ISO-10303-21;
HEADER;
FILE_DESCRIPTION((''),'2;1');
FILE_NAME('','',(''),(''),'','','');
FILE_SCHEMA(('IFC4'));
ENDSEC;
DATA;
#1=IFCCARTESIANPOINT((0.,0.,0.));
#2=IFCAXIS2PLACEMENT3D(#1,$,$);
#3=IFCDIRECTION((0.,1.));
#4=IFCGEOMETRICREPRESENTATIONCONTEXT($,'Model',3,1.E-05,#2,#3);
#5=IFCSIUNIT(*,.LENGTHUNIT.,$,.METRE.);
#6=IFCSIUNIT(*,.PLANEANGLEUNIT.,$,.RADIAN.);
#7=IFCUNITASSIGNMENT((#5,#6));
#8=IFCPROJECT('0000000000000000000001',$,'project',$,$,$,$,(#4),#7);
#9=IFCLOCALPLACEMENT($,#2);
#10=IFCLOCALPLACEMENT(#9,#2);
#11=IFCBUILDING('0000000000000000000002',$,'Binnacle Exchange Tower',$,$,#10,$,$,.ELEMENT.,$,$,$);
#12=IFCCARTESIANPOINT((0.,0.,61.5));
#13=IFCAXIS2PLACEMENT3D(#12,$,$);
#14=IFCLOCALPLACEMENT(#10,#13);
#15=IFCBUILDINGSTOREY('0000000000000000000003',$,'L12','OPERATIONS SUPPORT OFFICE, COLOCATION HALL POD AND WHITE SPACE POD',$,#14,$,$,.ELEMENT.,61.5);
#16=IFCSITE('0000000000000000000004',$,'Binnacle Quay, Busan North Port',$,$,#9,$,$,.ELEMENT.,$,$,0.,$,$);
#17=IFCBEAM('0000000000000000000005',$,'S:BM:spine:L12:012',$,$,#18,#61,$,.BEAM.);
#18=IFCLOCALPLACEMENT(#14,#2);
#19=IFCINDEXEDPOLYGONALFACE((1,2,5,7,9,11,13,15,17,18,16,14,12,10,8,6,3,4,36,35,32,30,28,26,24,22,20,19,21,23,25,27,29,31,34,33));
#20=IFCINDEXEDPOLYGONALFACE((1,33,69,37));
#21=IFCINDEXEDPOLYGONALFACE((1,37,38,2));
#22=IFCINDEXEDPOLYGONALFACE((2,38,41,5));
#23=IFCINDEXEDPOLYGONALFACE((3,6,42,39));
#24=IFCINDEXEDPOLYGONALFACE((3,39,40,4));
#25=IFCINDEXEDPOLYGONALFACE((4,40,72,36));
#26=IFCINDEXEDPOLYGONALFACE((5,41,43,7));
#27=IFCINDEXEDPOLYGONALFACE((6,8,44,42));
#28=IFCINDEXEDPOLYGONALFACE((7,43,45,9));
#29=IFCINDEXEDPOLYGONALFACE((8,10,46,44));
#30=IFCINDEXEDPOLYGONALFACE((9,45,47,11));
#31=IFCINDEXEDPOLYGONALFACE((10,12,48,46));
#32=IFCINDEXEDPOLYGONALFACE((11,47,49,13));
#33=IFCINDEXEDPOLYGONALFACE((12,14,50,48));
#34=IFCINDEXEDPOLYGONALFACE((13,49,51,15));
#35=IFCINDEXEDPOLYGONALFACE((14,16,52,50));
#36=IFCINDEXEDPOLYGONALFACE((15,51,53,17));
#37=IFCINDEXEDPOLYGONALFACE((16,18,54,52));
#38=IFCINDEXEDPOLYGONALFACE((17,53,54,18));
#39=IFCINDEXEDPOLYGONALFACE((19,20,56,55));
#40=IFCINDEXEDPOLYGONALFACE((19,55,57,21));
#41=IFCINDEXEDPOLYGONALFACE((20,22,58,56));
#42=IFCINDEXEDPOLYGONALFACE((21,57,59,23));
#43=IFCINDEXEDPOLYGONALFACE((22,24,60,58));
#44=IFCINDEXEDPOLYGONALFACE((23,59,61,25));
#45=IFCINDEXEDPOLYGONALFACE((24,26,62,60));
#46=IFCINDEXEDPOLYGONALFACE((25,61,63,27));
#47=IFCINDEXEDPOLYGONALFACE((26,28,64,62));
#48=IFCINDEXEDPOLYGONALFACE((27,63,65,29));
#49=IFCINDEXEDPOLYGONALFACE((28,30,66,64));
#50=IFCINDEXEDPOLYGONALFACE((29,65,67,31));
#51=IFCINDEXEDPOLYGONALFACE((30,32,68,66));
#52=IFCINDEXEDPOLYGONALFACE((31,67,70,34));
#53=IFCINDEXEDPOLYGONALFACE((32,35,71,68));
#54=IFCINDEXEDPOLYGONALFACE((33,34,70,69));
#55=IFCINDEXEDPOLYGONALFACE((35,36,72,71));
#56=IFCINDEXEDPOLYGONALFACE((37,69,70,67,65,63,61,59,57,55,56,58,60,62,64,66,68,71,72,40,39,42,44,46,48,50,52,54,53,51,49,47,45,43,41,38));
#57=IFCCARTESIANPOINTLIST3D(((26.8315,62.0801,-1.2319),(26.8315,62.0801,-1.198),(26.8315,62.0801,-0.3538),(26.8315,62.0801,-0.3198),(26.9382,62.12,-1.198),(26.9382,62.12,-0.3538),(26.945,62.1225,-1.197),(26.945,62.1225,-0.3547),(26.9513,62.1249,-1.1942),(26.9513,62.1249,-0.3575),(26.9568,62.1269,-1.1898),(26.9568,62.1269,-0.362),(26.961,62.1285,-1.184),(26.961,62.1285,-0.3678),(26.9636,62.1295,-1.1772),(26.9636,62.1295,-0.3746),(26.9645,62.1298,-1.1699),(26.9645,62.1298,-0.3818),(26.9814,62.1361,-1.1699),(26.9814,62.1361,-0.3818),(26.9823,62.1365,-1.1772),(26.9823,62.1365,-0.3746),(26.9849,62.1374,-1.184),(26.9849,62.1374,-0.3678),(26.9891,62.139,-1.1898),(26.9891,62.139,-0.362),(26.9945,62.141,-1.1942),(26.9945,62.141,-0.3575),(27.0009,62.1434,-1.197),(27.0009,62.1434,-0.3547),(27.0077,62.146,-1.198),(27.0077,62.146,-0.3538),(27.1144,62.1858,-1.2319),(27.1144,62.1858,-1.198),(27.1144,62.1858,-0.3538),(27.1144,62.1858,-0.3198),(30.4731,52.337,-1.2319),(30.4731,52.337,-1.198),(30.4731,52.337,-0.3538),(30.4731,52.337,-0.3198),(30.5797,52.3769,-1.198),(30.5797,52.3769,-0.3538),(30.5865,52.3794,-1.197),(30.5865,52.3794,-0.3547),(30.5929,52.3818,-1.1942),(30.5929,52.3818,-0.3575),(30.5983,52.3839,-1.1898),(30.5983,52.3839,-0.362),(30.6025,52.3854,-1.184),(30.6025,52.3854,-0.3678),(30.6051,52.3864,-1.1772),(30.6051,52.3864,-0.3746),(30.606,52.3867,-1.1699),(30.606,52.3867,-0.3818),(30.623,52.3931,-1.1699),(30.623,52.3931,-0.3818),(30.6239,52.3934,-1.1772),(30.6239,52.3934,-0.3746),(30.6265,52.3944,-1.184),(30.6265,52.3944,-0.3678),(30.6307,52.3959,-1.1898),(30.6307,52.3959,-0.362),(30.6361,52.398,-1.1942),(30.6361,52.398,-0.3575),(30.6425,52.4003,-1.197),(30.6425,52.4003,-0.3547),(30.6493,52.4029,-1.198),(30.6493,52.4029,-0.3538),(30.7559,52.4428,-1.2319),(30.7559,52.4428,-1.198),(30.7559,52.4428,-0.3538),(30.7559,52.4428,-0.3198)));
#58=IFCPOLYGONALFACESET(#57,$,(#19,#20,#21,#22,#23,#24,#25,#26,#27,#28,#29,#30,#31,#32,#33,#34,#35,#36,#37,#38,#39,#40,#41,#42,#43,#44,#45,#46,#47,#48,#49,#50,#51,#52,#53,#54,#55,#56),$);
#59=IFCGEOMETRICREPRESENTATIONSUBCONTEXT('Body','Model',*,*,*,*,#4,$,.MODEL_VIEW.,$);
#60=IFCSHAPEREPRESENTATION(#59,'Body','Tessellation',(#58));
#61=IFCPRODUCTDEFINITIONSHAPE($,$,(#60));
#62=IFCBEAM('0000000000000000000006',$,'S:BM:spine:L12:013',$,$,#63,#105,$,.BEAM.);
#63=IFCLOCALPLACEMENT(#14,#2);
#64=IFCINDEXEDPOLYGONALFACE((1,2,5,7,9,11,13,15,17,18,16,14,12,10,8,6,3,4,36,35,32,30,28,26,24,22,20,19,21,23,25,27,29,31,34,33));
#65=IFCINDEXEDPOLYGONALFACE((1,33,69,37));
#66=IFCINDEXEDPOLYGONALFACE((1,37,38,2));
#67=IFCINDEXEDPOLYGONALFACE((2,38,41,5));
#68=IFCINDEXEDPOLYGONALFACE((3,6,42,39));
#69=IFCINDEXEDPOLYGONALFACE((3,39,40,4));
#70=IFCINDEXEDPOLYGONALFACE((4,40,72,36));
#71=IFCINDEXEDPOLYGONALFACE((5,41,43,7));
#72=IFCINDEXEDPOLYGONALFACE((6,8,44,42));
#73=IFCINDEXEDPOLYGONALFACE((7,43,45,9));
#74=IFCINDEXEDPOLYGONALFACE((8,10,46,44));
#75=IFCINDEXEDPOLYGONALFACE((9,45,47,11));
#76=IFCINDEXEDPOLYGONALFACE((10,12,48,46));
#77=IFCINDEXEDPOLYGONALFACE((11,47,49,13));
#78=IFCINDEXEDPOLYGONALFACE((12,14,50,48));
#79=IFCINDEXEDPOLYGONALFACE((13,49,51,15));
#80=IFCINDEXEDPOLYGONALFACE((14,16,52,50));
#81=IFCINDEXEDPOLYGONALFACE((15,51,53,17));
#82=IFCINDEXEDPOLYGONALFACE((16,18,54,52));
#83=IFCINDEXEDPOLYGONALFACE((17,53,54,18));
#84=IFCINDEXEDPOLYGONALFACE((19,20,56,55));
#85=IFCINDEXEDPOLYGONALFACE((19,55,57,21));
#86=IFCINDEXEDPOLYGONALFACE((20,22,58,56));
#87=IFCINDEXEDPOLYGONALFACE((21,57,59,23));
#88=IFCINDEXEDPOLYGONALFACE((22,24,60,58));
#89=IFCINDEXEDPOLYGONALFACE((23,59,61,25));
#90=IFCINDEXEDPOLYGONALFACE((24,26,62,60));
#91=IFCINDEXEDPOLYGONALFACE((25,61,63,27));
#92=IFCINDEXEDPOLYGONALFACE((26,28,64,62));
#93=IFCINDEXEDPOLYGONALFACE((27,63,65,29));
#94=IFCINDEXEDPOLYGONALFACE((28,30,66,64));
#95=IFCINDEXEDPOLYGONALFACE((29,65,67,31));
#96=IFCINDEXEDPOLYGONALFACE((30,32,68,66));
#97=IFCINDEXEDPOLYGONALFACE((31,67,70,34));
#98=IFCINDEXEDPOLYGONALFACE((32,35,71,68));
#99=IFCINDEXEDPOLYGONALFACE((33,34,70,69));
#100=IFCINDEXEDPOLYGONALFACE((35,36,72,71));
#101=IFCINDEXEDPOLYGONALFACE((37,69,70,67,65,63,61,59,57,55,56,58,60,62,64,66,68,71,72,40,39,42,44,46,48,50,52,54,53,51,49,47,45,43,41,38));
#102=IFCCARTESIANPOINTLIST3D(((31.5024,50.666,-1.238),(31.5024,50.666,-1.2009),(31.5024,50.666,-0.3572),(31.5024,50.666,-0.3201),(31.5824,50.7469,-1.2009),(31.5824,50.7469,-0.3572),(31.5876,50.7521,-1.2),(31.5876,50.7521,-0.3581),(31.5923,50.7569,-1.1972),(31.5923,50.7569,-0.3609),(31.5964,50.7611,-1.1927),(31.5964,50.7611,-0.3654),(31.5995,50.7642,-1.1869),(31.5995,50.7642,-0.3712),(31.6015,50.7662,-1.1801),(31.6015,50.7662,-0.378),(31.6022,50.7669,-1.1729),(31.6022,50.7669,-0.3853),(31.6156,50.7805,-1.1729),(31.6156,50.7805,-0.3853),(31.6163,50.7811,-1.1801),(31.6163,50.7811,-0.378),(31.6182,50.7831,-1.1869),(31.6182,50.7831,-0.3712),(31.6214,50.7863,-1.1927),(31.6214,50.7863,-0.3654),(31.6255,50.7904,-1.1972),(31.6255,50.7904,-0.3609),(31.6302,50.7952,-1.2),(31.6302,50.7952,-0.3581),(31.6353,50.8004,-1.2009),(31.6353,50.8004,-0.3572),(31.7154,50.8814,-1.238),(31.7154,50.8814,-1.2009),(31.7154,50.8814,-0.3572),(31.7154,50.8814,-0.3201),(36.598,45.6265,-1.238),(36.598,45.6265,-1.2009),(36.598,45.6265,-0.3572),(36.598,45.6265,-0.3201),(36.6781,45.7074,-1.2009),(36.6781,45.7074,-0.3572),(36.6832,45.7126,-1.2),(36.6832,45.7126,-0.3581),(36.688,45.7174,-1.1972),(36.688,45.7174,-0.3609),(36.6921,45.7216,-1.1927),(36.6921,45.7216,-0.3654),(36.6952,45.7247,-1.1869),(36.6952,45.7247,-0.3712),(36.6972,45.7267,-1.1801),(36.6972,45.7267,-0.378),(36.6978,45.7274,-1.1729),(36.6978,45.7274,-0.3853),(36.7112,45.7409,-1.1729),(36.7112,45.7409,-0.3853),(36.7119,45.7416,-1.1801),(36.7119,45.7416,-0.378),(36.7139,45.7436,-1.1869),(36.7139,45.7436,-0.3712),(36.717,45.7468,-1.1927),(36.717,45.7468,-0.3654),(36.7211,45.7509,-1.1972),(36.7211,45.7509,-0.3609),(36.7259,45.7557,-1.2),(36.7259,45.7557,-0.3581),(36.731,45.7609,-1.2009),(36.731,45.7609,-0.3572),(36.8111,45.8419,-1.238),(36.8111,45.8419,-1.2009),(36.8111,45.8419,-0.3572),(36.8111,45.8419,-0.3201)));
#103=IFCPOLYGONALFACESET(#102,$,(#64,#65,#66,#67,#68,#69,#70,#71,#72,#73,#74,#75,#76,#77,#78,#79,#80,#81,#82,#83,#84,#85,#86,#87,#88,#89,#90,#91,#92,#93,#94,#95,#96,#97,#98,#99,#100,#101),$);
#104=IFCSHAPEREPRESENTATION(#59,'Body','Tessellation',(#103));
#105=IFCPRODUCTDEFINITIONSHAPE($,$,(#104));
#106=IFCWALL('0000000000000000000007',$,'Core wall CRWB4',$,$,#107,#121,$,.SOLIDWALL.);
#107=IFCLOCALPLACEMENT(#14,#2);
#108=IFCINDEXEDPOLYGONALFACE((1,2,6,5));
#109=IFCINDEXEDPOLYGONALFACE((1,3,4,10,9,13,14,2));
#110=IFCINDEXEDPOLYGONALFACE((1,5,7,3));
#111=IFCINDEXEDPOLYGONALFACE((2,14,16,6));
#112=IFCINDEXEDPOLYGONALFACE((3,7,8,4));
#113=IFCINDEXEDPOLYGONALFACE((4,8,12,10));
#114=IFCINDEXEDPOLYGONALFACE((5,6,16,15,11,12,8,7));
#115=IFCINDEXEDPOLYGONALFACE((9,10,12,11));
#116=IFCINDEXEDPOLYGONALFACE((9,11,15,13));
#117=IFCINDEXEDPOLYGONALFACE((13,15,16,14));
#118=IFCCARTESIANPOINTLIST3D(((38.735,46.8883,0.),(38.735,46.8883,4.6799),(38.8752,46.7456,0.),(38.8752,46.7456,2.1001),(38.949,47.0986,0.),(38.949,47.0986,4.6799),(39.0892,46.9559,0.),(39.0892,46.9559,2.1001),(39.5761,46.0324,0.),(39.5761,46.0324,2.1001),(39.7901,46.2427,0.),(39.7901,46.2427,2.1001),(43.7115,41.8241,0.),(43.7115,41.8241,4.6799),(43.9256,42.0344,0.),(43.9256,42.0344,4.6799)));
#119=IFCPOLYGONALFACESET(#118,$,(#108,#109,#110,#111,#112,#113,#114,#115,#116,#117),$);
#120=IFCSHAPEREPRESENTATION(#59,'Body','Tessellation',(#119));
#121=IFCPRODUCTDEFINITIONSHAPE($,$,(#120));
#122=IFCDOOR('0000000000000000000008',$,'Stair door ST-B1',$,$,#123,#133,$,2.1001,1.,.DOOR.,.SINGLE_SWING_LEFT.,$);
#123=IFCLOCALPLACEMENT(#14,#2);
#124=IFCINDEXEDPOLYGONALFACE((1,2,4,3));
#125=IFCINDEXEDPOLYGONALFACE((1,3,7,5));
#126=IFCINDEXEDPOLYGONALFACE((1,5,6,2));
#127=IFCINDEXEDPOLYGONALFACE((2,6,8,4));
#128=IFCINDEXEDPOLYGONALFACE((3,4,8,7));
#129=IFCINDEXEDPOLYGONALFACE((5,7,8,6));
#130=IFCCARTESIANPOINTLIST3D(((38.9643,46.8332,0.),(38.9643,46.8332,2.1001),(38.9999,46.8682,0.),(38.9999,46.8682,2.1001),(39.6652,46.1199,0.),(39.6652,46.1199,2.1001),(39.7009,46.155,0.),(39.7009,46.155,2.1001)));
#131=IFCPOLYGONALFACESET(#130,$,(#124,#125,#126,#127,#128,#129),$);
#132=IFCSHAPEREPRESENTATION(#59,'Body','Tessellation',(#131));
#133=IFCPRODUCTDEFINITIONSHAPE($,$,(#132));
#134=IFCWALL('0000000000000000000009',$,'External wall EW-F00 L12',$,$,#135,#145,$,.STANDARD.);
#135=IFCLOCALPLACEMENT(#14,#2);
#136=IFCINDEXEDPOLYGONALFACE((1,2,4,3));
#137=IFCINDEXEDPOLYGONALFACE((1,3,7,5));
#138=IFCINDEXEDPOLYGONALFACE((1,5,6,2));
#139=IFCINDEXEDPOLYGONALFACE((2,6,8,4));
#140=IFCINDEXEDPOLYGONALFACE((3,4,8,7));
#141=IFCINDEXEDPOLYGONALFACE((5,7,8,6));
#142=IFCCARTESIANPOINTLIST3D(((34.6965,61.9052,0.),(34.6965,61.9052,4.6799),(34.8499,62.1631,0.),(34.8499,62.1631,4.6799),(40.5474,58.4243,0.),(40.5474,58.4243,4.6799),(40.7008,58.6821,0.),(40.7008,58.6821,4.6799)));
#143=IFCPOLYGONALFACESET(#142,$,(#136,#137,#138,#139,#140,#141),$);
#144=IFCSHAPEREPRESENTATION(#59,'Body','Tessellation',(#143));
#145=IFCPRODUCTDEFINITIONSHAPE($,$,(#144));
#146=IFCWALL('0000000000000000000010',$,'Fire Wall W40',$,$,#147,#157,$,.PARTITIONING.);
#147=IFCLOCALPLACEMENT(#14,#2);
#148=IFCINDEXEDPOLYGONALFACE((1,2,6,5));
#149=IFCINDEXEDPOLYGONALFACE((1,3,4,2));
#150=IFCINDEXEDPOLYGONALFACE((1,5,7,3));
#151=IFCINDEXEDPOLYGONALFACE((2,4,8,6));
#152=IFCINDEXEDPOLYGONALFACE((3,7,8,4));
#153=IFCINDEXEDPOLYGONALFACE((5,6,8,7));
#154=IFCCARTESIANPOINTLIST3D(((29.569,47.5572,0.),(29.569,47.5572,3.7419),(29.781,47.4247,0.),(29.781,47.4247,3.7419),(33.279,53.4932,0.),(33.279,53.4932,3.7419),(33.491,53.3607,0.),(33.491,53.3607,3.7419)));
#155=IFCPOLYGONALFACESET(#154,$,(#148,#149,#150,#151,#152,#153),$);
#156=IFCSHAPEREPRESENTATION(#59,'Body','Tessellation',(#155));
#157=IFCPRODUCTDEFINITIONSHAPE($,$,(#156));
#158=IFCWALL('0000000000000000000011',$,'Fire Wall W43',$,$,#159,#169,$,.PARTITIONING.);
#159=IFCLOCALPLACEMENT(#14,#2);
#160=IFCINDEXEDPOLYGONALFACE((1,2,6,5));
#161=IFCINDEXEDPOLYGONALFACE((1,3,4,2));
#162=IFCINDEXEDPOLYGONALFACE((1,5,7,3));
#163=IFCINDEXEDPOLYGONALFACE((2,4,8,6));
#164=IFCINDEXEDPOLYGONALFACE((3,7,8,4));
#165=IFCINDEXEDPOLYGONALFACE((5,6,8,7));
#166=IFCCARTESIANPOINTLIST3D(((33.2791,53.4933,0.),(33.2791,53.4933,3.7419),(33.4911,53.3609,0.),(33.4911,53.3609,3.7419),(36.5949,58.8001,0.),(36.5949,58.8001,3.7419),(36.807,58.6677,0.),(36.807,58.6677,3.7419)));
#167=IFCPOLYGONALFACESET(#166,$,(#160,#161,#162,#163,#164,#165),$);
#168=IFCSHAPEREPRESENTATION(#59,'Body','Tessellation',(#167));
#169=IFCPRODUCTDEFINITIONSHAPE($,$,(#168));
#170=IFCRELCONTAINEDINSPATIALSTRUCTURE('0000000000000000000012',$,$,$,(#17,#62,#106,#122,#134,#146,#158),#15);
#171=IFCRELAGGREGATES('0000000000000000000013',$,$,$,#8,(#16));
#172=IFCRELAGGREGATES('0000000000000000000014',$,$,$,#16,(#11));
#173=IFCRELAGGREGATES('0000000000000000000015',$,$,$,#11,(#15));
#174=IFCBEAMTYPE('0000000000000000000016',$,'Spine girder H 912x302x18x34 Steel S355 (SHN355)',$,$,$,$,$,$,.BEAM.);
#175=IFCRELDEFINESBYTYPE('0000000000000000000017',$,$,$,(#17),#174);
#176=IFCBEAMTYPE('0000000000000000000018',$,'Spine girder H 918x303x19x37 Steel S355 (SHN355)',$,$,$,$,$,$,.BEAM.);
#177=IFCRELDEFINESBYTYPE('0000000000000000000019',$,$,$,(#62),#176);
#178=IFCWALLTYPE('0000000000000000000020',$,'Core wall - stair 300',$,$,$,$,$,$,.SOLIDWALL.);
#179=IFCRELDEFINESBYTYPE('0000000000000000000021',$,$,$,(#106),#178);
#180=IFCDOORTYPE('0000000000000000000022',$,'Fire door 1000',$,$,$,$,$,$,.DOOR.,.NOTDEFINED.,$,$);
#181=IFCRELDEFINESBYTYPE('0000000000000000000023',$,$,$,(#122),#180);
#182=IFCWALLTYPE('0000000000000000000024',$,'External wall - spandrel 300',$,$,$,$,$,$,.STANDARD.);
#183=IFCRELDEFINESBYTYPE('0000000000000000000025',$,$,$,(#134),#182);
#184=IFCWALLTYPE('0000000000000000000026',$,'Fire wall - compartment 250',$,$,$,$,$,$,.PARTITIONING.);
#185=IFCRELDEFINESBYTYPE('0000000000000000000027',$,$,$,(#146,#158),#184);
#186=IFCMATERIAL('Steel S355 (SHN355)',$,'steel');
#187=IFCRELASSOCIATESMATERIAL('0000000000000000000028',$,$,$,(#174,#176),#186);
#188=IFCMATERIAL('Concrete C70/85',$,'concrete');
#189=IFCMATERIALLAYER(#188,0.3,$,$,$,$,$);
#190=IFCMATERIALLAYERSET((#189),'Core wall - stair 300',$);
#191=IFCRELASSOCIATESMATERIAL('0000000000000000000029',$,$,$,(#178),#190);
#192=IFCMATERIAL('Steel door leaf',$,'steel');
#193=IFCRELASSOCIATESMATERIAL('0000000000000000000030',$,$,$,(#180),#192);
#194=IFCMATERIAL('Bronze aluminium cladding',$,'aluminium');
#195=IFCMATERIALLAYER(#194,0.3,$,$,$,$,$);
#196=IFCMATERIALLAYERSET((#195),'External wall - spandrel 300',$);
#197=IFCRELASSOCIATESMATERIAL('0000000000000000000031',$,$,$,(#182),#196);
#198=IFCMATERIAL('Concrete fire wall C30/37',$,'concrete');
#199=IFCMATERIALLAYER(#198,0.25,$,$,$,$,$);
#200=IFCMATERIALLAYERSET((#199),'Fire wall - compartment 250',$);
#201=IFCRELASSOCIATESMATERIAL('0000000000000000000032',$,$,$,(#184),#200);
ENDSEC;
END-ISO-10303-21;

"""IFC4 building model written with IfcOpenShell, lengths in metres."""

from ifc_helpers import new_model, si_unit, direction, frame, frame_2d, origin, origin_2d, place, context, subcontext, project, spatial, rectangle, i_section, extrude, material, layer, layer_set, material_profile, profile_set, type_object, element, fill, save


model = new_model("IFC4")

# Units and contexts
model_context = context("Model", 3, precision=1e-05, world=origin(), true_north=direction((0.0, 1.0)))
body_context = subcontext(model_context, "Body", "Model", "MODEL_VIEW")
ifc_project = project(units=[si_unit("LENGTHUNIT", "METRE"), si_unit("PLANEANGLEUNIT", "RADIAN")], contexts=[model_context])

# Site, building, storey
site_placement = place(None, origin())
site = spatial("IfcSite", under=ifc_project, at=site_placement, Name="Binnacle Quay, Busan North Port", CompositionType="ELEMENT", RefElevation=0.0)
building_placement = place(site_placement, origin())
building = spatial("IfcBuilding", under=site, at=building_placement, Name="Binnacle Exchange Tower", CompositionType="ELEMENT")
storey_placement = place(building_placement, frame((0.0, 0.0, 61.5)))
storey = spatial("IfcBuildingStorey", under=building, at=storey_placement, Name="L12", Description="OPERATIONS SUPPORT OFFICE, COLOCATION HALL POD AND WHITE SPACE POD", CompositionType="ELEMENT", Elevation=61.5)

# Shared definitions
ifc_material_1 = material(Name="Concrete C70/85", Category="concrete")

# Beams
ifc_material_2 = material(Name="Steel S355 (SHN355)", Category="steel")
ifc_material_profile_1 = material_profile(ifc_material_2, i_section(OverallWidth=0.302, OverallDepth=0.9121, WebThickness=0.0181, FlangeThickness=0.0339, FilletRadius=0.0281, at=origin_2d()), Name="H 912x302x18x34")
ifc_profile_set_1 = profile_set([ifc_material_profile_1], Name="Steel S355 (SHN355)")
beam_type_1 = type_object("IfcBeamType", Name="Spine girder H 912x302x18x34 Steel S355 (SHN355)", PredefinedType="BEAM", material=ifc_profile_set_1)
beam_1_placement = place(storey_placement, frame((30.6145, 52.3899, -0.7759), z_axis=(-0.350105, 0.936711, 0.0), x_axis=(-0.936711, -0.350105, 0.0)))
element("IfcBeam", 1, at=beam_1_placement, inside=storey, type_object=beam_type_1, Name="S:BM:spine:L12:012", PredefinedType="BEAM", context=body_context, shape_type="SweptSolid", body=[
    extrude(i_section(OverallWidth=0.302, OverallDepth=0.9121, WebThickness=0.0181, FlangeThickness=0.0339, FilletRadius=0.0281, at=origin_2d()), origin(), (0.0, 0.0, 1.0), 10.4014),
])
ifc_material_profile_2 = material_profile(ifc_material_2, i_section(OverallWidth=0.303, OverallDepth=0.918, WebThickness=0.019, FlangeThickness=0.0371, FilletRadius=0.0281, at=origin_2d()), Name="H 918x303x19x37")
ifc_profile_set_2 = profile_set([ifc_material_profile_2], Name="Steel S355 (SHN355)")
beam_type_2 = type_object("IfcBeamType", Name="Spine girder H 918x303x19x37 Steel S355 (SHN355)", PredefinedType="BEAM", material=ifc_profile_set_2)
beam_2_placement = place(storey_placement, frame((31.6089, 50.7737, -0.7791), z_axis=(0.711013, -0.703178, 0.0), x_axis=(0.703178, 0.711013, 0.0)))
element("IfcBeam", 2, at=beam_2_placement, inside=storey, type_object=beam_type_2, Name="S:BM:spine:L12:013", PredefinedType="BEAM", context=body_context, shape_type="SweptSolid", body=[
    extrude(i_section(OverallWidth=0.303, OverallDepth=0.918, WebThickness=0.019, FlangeThickness=0.0371, FilletRadius=0.0281, at=origin_2d()), origin(), (0.0, 0.0, 1.0), 7.1667),
])

# Wall, opening, door
ifc_layer_1 = layer(ifc_material_1, 0.3)
ifc_layer_set_1 = layer_set([ifc_layer_1], Name="Core wall - stair 300")
wall_type_1 = type_object("IfcWallType", Name="Core wall - stair 300", PredefinedType="SOLIDWALL", material=ifc_layer_set_1)
wall_1_placement = place(storey_placement, frame((38.842, 46.9934, 0.0), z_axis=(0.0, 0.0, 1.0), x_axis=(0.700908, -0.713252, 0.0)))
wall_1 = element("IfcWall", 3, at=wall_1_placement, inside=storey, type_object=wall_type_1, Name="Core wall CRWB4", PredefinedType="SOLIDWALL", context=body_context, shape_type="SweptSolid", body=[
    extrude(rectangle(XDim=7.1001, YDim=0.3, at=frame_2d((3.55, 0.0))), origin(), (0.0, 0.0, 1.0), 4.6799),
])
opening_1_placement = place(wall_1_placement, frame((0.2, 0.0, 0.0)))
opening_1 = element("IfcOpeningElement", 4, at=opening_1_placement, cuts=wall_1, PredefinedType="OPENING", context=body_context, shape_type="SweptSolid", body=[
    extrude(rectangle(XDim=1.0, YDim=2.1001, at=frame_2d((0.5, 1.05))), frame((0.0, 0.1599, 0.0), z_axis=(0.0, -1.0, 0.0), x_axis=(1.0, 0.0, 0.0)), (0.0, 0.0, 1.0), 0.3201),
])
ifc_material_3 = material(Name="Steel door leaf", Category="steel")
door_type_1 = type_object("IfcDoorType", Name="Fire door 1000", OperationType="NOTDEFINED", PredefinedType="DOOR", material=ifc_material_3)
door_1_placement = place(opening_1_placement, origin())
door_1 = element("IfcDoor", 5, at=door_1_placement, inside=storey, type_object=door_type_1, Name="Stair door ST-B1", OperationType="SINGLE_SWING_LEFT", OverallHeight=2.1001, OverallWidth=1.0, PredefinedType="DOOR", context=body_context, shape_type="SweptSolid", body=[
    extrude(rectangle(XDim=1.0, YDim=2.1001, at=frame_2d((0.5, 1.05))), frame((0.0, 0.0249, 0.0), z_axis=(0.0, -1.0, 0.0), x_axis=(1.0, 0.0, 0.0)), (0.0, 0.0, 1.0), 0.05),
])
fill(opening_1, door_1)

# Walls
ifc_material_4 = material(Name="Bronze aluminium cladding", Category="aluminium")
ifc_layer_2 = layer(ifc_material_4, 0.3)
ifc_layer_set_2 = layer_set([ifc_layer_2], Name="External wall - spandrel 300")
wall_type_2 = type_object("IfcWallType", Name="External wall - spandrel 300", PredefinedType="STANDARD", material=ifc_layer_set_2)
wall_2_placement = place(storey_placement, frame((34.7732, 62.0342, 0.0), z_axis=(0.0, 0.0, 1.0), x_axis=(0.859401, -0.511302, 0.0)))
element("IfcWall", 6, at=wall_2_placement, inside=storey, type_object=wall_type_2, Name="External wall EW-F00 L12", PredefinedType="STANDARD", context=body_context, shape_type="SweptSolid", body=[
    extrude(rectangle(XDim=6.8081, YDim=0.3, at=frame_2d((3.4041, 0.0))), origin(), (0.0, 0.0, 1.0), 4.6799),
])
ifc_material_5 = material(Name="Concrete fire wall C30/37", Category="concrete")
ifc_layer_3 = layer(ifc_material_5, 0.25)
ifc_layer_set_3 = layer_set([ifc_layer_3], Name="Fire wall - compartment 250")
wall_type_3 = type_object("IfcWallType", Name="Fire wall - compartment 250", PredefinedType="PARTITIONING", material=ifc_layer_set_3)
wall_3_placement = place(storey_placement, frame((29.675, 47.491, 0.0), z_axis=(0.0, 0.0, 1.0), x_axis=(0.529993, 0.848002, 0.0)))
element("IfcWall", 7, at=wall_3_placement, inside=storey, type_object=wall_type_3, Name="Fire Wall W40", PredefinedType="PARTITIONING", context=body_context, shape_type="SweptSolid", body=[
    extrude(rectangle(XDim=7.0, YDim=0.25, at=frame_2d((3.5, 0.0))), origin(), (0.0, 0.0, 1.0), 3.7419),
])
wall_4_placement = place(storey_placement, frame((33.385, 53.427, 0.0), z_axis=(0.0, 0.0, 1.0), x_axis=(0.529897, 0.848062, 0.0)))
element("IfcWall", 8, at=wall_4_placement, inside=storey, type_object=wall_type_3, Name="Fire Wall W43", PredefinedType="PARTITIONING", context=body_context, shape_type="SweptSolid", body=[
    extrude(rectangle(XDim=6.2576, YDim=0.25, at=frame_2d((3.1289, 0.0))), origin(), (0.0, 0.0, 1.0), 3.7419),
])

save(model, "model.ifc")
